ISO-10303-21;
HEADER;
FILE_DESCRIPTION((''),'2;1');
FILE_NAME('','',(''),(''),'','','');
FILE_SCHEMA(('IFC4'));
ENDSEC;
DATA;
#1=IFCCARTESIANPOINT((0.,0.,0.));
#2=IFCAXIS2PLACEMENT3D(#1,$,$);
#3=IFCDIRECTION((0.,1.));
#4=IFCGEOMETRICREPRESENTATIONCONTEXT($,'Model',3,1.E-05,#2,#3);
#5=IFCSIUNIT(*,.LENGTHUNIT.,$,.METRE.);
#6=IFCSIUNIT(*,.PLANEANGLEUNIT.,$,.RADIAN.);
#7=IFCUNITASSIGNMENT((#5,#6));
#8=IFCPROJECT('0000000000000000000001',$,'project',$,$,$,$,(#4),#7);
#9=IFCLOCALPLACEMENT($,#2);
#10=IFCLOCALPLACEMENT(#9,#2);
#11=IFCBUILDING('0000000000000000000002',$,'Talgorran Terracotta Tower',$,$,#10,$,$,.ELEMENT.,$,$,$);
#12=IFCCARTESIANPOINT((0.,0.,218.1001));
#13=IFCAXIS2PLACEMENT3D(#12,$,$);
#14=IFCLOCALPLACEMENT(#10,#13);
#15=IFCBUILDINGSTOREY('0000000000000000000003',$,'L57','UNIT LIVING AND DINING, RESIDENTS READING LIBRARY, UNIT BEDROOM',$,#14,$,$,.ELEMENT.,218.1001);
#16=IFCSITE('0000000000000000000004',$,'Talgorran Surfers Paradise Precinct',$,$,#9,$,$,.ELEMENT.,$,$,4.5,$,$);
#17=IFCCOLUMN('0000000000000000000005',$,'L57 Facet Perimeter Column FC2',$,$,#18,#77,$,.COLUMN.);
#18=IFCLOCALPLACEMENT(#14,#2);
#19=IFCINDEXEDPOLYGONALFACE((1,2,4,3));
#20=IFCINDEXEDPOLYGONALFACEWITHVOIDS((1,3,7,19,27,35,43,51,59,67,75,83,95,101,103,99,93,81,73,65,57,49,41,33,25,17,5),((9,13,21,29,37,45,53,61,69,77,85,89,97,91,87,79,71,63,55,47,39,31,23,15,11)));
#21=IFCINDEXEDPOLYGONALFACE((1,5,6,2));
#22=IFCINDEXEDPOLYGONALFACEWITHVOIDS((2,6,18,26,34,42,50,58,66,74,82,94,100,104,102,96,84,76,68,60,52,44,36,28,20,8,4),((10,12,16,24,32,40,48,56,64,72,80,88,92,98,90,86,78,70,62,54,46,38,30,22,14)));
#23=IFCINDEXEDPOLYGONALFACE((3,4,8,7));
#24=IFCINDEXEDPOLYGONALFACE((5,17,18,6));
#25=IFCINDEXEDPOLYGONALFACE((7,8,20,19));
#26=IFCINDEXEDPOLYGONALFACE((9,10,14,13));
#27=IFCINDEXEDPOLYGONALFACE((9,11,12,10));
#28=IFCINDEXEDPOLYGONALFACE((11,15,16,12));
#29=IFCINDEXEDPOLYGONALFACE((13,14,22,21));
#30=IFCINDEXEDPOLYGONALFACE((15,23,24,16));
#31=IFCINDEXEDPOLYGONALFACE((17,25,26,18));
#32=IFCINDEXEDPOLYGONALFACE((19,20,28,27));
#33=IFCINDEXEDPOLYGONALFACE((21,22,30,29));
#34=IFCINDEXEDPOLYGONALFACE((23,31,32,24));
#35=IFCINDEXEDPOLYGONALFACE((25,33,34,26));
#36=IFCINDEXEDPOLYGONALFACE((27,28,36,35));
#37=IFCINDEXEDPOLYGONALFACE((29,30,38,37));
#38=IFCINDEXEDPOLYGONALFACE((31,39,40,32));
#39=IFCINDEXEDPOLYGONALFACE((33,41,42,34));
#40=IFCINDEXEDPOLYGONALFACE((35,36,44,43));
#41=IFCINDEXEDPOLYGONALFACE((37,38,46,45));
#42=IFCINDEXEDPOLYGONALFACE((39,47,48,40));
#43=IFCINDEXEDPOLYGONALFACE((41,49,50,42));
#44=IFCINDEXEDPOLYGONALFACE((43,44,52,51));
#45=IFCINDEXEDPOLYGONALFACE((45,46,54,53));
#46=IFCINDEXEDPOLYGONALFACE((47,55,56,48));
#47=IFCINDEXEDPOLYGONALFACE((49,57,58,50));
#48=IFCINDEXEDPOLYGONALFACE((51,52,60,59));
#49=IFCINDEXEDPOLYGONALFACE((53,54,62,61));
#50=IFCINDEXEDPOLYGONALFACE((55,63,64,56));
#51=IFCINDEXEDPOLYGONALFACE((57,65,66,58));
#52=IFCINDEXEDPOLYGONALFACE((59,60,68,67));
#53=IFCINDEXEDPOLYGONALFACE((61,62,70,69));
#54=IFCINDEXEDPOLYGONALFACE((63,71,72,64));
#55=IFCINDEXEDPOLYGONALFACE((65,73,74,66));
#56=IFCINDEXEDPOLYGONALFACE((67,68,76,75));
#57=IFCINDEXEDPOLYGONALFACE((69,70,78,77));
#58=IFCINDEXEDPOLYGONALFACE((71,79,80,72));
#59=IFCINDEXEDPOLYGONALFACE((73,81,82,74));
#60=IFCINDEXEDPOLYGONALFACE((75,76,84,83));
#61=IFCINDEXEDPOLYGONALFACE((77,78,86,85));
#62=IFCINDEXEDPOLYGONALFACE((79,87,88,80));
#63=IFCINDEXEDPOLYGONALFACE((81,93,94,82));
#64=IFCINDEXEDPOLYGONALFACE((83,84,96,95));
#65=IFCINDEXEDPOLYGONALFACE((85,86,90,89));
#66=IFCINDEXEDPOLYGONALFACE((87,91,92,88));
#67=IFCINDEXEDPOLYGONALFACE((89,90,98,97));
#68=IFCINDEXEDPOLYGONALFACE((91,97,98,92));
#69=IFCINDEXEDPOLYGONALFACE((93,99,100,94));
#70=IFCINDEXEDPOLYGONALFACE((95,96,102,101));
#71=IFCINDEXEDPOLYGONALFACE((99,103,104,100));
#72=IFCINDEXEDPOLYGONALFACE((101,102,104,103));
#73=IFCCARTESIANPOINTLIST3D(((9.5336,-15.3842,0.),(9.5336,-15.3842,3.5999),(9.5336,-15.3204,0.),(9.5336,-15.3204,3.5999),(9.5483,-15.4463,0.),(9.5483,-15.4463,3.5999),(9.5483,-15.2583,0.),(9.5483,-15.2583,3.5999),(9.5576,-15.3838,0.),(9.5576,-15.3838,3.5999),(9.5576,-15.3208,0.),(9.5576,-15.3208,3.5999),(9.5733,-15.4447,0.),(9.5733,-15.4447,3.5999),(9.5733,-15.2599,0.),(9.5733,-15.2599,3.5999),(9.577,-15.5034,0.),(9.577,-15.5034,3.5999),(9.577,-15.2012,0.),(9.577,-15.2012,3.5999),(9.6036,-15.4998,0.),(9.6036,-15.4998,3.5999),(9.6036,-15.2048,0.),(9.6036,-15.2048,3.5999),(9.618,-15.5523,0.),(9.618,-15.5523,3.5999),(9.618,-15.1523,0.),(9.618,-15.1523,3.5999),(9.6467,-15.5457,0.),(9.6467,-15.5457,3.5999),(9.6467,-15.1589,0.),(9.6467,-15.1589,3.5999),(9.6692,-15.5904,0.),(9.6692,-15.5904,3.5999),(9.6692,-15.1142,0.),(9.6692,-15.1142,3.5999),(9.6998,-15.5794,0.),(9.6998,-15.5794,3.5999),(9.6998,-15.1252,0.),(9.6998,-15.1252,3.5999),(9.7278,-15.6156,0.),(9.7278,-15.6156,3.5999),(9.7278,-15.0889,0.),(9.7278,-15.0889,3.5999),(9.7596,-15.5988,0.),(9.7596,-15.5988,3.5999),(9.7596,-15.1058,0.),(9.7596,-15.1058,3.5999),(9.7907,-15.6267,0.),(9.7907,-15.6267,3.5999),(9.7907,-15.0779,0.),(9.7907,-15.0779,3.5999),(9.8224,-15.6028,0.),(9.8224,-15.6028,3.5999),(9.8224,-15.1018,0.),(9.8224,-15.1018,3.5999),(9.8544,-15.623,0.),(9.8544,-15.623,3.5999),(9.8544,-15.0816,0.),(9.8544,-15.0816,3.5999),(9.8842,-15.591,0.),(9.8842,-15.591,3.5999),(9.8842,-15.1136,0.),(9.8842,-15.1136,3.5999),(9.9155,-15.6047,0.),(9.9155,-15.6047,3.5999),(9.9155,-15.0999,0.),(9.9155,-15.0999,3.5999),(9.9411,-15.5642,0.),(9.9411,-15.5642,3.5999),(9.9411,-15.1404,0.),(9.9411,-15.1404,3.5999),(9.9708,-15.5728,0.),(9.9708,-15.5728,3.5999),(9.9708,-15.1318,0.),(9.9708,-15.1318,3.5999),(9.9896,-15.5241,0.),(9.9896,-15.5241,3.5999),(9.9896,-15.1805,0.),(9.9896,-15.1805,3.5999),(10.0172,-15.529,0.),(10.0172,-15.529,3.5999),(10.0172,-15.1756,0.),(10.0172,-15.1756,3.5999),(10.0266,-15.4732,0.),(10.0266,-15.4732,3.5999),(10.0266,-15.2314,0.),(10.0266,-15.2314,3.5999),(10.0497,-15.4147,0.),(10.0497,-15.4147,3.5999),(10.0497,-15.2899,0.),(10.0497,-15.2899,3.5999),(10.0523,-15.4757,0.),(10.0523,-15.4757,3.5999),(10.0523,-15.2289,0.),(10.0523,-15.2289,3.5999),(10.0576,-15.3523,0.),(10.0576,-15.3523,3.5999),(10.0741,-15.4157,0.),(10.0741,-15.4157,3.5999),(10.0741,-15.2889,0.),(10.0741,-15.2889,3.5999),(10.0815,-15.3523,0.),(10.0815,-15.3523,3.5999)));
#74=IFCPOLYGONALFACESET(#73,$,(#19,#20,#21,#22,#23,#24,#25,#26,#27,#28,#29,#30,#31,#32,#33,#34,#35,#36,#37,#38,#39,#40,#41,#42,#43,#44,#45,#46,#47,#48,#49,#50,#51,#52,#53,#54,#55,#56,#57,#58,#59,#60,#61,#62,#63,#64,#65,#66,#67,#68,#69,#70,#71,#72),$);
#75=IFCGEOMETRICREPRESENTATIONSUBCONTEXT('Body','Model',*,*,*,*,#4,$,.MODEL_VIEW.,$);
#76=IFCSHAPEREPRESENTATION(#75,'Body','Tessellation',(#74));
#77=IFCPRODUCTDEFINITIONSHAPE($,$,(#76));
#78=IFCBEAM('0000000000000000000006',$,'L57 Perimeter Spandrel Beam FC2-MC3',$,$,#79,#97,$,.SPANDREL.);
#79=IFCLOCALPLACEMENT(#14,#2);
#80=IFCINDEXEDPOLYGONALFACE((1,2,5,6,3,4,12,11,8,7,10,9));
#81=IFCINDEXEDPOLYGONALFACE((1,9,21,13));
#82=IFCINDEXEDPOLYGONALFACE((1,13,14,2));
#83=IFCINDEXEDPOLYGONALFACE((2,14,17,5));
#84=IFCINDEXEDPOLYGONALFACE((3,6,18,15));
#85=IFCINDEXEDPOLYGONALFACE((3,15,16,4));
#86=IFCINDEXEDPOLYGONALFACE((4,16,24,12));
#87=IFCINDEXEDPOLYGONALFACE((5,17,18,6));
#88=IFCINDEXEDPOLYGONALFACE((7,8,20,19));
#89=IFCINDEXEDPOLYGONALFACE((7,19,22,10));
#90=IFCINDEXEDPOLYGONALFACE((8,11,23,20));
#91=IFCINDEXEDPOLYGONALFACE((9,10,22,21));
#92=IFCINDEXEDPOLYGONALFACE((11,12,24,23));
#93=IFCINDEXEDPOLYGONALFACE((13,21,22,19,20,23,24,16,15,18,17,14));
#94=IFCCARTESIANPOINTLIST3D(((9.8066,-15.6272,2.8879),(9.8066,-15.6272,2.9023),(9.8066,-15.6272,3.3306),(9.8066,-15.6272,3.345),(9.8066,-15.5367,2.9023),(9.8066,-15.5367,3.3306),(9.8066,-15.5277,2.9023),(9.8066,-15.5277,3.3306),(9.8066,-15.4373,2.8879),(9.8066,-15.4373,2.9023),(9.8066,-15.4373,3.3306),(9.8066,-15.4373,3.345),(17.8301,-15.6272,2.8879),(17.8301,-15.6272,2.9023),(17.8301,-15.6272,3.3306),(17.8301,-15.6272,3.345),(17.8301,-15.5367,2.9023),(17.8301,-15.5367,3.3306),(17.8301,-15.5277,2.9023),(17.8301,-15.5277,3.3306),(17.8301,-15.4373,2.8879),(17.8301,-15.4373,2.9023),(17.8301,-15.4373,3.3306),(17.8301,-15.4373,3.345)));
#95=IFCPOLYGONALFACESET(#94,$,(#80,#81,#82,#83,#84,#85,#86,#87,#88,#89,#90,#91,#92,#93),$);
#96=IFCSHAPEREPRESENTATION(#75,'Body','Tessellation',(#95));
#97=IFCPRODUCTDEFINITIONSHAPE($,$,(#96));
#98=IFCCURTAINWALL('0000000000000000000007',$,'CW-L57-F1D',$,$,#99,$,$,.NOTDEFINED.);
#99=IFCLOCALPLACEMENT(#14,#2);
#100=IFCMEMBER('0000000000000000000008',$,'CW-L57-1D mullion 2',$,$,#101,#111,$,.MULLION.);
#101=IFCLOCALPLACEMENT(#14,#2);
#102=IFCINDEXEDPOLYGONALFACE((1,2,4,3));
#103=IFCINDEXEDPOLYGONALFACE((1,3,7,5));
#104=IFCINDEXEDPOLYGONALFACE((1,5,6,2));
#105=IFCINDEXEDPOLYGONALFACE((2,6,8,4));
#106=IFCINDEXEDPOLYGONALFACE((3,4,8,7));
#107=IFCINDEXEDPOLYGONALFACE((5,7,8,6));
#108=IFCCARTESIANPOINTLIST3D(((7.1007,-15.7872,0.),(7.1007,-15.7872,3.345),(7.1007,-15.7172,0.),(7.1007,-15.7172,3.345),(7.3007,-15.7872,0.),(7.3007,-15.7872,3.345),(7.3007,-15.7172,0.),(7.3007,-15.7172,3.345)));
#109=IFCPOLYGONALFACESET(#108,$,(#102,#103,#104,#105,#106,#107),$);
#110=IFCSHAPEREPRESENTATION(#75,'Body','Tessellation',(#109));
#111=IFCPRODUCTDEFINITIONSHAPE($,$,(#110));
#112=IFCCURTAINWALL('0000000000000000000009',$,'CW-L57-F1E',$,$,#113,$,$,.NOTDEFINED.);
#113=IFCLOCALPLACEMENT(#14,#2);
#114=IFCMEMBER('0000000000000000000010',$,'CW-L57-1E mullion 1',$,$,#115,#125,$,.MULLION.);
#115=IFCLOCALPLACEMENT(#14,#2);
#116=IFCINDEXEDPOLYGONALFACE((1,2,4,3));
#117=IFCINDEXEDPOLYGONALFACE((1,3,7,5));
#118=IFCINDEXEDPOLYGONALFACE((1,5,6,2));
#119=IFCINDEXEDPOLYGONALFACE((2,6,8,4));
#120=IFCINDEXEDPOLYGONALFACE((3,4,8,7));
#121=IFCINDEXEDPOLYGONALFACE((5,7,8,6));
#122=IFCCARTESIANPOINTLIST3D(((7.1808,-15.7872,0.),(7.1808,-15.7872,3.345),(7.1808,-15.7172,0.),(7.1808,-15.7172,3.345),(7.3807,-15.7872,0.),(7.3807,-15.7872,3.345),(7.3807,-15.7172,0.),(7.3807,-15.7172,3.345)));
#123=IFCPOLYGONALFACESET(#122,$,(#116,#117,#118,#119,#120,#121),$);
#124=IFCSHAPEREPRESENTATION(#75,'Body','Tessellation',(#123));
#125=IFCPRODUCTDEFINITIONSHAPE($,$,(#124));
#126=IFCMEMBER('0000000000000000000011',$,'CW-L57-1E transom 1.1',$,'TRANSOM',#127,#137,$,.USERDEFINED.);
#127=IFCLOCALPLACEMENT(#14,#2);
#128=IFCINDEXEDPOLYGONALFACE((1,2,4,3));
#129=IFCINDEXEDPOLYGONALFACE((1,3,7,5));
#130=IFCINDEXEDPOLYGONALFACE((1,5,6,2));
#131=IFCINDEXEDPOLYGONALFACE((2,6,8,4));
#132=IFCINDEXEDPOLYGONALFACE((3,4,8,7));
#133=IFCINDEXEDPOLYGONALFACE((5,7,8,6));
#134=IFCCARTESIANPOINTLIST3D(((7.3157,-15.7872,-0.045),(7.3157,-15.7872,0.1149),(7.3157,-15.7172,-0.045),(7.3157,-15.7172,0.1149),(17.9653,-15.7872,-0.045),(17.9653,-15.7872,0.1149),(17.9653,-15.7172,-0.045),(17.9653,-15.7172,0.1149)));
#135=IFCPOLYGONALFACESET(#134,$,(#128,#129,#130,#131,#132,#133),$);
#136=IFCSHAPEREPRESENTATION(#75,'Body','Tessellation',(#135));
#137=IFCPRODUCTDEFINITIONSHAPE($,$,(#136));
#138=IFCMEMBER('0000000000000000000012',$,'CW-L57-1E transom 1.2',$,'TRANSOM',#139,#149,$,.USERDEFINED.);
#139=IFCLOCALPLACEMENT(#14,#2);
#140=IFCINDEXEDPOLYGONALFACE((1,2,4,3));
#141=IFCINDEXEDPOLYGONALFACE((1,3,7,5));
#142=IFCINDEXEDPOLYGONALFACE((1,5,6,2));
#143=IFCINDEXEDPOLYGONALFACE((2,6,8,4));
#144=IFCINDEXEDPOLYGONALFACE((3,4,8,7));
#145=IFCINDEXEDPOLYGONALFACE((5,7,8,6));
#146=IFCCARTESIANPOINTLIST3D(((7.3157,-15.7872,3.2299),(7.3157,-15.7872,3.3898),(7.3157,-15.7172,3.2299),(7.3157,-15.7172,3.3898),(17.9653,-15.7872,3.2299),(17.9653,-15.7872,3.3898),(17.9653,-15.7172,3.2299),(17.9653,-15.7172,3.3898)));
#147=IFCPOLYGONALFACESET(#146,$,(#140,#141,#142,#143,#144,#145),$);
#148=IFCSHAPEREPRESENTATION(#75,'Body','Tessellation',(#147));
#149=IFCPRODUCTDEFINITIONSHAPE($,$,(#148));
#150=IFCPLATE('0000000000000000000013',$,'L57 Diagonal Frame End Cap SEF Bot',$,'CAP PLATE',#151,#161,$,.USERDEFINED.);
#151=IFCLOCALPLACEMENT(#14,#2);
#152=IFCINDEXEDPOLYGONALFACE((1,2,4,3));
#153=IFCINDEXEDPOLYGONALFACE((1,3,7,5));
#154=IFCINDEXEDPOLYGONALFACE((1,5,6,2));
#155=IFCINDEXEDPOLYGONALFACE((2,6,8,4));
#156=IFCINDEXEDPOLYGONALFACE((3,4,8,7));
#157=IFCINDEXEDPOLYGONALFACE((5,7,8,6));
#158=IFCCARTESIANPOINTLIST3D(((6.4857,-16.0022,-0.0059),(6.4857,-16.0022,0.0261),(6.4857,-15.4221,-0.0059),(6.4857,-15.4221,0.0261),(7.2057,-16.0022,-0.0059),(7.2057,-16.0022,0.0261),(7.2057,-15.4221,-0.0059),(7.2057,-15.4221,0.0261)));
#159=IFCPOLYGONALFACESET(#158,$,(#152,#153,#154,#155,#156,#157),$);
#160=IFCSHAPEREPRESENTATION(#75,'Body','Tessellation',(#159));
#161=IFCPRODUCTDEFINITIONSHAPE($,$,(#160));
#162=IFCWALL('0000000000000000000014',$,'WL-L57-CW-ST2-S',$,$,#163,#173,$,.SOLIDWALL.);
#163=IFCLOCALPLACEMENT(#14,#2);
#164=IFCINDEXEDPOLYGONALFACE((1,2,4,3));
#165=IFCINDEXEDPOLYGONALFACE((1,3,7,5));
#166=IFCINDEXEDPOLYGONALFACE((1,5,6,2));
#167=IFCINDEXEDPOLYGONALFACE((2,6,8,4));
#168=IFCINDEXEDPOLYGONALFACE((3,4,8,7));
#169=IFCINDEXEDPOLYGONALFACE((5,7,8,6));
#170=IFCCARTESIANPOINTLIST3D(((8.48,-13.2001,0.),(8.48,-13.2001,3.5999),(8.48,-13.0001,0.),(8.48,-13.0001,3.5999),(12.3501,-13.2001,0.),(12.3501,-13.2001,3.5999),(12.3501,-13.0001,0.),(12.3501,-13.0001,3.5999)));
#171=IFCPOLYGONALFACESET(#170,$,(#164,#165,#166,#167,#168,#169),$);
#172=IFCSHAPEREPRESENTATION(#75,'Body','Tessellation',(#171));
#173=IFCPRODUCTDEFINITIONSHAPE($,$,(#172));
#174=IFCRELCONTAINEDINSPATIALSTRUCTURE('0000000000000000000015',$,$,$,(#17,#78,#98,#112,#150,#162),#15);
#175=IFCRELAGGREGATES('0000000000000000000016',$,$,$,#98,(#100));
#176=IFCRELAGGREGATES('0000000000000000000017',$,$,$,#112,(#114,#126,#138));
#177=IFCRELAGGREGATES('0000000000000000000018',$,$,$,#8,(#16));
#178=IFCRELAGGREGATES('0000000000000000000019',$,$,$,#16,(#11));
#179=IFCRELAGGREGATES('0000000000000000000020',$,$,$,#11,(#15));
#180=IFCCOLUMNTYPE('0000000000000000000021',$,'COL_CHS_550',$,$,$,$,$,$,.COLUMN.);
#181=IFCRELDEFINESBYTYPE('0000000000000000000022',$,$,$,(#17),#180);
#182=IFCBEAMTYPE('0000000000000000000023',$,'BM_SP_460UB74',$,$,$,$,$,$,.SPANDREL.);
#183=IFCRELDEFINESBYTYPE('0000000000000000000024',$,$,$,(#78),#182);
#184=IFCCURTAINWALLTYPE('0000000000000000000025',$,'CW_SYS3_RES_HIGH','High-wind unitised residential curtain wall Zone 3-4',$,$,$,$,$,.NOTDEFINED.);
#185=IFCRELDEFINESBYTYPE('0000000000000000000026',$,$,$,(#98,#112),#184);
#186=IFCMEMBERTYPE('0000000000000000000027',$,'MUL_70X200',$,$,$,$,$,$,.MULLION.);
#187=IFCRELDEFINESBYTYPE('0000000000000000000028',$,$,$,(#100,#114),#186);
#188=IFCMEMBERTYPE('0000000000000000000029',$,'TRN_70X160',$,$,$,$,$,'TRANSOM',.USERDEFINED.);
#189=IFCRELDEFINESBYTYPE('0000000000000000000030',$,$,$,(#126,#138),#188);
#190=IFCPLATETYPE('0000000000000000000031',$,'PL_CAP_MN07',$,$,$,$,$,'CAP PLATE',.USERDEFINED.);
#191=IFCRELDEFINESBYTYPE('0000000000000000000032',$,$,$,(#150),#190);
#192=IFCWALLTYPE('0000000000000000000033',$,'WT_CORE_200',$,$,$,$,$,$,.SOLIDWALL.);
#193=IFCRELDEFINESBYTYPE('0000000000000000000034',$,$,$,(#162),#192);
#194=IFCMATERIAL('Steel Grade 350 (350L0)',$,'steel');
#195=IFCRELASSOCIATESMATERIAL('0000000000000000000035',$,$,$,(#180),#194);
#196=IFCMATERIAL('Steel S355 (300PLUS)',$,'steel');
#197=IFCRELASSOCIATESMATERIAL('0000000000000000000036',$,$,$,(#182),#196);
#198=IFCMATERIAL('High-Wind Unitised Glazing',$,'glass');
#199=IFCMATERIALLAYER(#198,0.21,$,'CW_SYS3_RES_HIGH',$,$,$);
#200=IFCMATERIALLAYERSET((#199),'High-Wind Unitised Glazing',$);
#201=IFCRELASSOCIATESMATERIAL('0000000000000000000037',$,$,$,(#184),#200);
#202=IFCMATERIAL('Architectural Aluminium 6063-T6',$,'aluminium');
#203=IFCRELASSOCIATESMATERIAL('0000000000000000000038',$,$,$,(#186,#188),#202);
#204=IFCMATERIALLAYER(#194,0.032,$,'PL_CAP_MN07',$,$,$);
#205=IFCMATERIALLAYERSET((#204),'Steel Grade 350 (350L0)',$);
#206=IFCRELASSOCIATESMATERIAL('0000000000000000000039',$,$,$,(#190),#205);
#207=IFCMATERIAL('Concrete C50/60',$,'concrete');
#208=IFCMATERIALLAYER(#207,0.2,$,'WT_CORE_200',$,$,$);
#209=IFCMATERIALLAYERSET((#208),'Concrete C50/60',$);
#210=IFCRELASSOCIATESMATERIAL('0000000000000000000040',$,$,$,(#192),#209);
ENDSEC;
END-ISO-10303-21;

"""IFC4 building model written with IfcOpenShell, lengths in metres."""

from ifc_helpers import new_model, si_unit, direction, frame, frame_2d, origin, origin_2d, place, context, subcontext, project, spatial, rectangle, hollow_circle, i_section, extrude, material, layer, layer_set, material_profile, profile_set, type_object, element, aggregate, save


model = new_model("IFC4")

# Units and contexts
model_context = context("Model", 3, precision=1e-05, world=origin(), true_north=direction((0.0, 1.0)))
body_context = subcontext(model_context, "Body", "Model", "MODEL_VIEW")
ifc_project = project(units=[si_unit("LENGTHUNIT", "METRE"), si_unit("PLANEANGLEUNIT", "RADIAN")], contexts=[model_context])

# Site, building, storey
site_placement = place(None, origin())
site = spatial("IfcSite", under=ifc_project, at=site_placement, Name="Talgorran Surfers Paradise Precinct", CompositionType="ELEMENT", RefElevation=4.5)
building_placement = place(site_placement, origin())
building = spatial("IfcBuilding", under=site, at=building_placement, Name="Talgorran Terracotta Tower", CompositionType="ELEMENT")
storey_placement = place(building_placement, frame((0.0, 0.0, 218.1001)))
storey = spatial("IfcBuildingStorey", under=building, at=storey_placement, Name="L57", Description="UNIT LIVING AND DINING, RESIDENTS READING LIBRARY, UNIT BEDROOM", CompositionType="ELEMENT", Elevation=218.1001)

# Column
ifc_material_1 = material(Name="Steel Grade 350 (350L0)", Category="steel")
ifc_material_profile_1 = material_profile(ifc_material_1, hollow_circle(Radius=0.2749, WallThickness=0.0239, at=origin_2d()), Name="CHS550X24")
ifc_profile_set_1 = profile_set([ifc_material_profile_1], Name="Steel Grade 350 (350L0)")
column_type = type_object("IfcColumnType", Name="COL_CHS_550", PredefinedType="COLUMN", material=ifc_profile_set_1)
column_placement = place(storey_placement, frame((9.8066, -15.3523, 0.0), z_axis=(0.0, 0.0, 1.0), x_axis=(1.0, 0.0, 0.0)))
element("IfcColumn", 1, at=column_placement, inside=storey, type_object=column_type, Name="L57 Facet Perimeter Column FC2", PredefinedType="COLUMN", context=body_context, shape_type="SweptSolid", body=[
    extrude(hollow_circle(Radius=0.2749, WallThickness=0.0239, at=origin_2d()), origin(), (0.0, 0.0, 1.0), 3.5999),
])

# Beam
ifc_material_2 = material(Name="Steel S355 (300PLUS)", Category="steel")
ifc_material_profile_2 = material_profile(ifc_material_2, i_section(OverallWidth=0.1899, OverallDepth=0.457, WebThickness=0.009, FlangeThickness=0.0144, at=origin_2d()), Name="460UB74.6")
ifc_profile_set_2 = profile_set([ifc_material_profile_2], Name="Steel S355 (300PLUS)")
beam_type = type_object("IfcBeamType", Name="BM_SP_460UB74", PredefinedType="SPANDREL", material=ifc_profile_set_2)
beam_placement = place(storey_placement, frame((9.8066, -15.5322, 3.1165), z_axis=(1.0, 0.0, 0.0), x_axis=(0.0, 1.0, 0.0)))
element("IfcBeam", 2, at=beam_placement, inside=storey, type_object=beam_type, Name="L57 Perimeter Spandrel Beam FC2-MC3", PredefinedType="SPANDREL", context=body_context, shape_type="SweptSolid", body=[
    extrude(i_section(OverallWidth=0.1899, OverallDepth=0.457, WebThickness=0.009, FlangeThickness=0.0144, at=origin_2d()), origin(), (0.0, 0.0, 1.0), 8.0234),
])

# Curtain wall, member
ifc_material_3 = material(Name="High-Wind Unitised Glazing", Category="glass")
ifc_layer_1 = layer(ifc_material_3, 0.21, Name="CW_SYS3_RES_HIGH")
ifc_layer_set_1 = layer_set([ifc_layer_1], Name="High-Wind Unitised Glazing")
curtain_wall_type = type_object("IfcCurtainWallType", Name="CW_SYS3_RES_HIGH", Description="High-wind unitised residential curtain wall Zone 3-4", PredefinedType="NOTDEFINED", material=ifc_layer_set_1)
curtain_wall_1_placement = place(storey_placement, origin())
curtain_wall_1 = element("IfcCurtainWall", 3, at=curtain_wall_1_placement, inside=storey, type_object=curtain_wall_type, Name="CW-L57-F1D", PredefinedType="NOTDEFINED")
ifc_material_4 = material(Name="Architectural Aluminium 6063-T6", Category="aluminium")
ifc_material_profile_3 = material_profile(ifc_material_4, rectangle(XDim=0.0701, YDim=0.2, at=origin_2d()), Name="CWM70X200")
ifc_profile_set_3 = profile_set([ifc_material_profile_3], Name="Architectural Aluminium 6063-T6")
member_type_1 = type_object("IfcMemberType", Name="MUL_70X200", PredefinedType="MULLION", material=ifc_profile_set_3)
member_1_placement = place(storey_placement, frame((7.2007, -15.7522, 0.0), z_axis=(0.0, 0.0, 1.0), x_axis=(0.0, 1.0, 0.0)))
member_1 = element("IfcMember", 4, at=member_1_placement, type_object=member_type_1, Name="CW-L57-1D mullion 2", PredefinedType="MULLION", context=body_context, shape_type="SweptSolid", body=[
    extrude(rectangle(XDim=0.0701, YDim=0.2, at=origin_2d()), origin(), (0.0, 0.0, 1.0), 3.345),
])
aggregate(curtain_wall_1, [member_1])

# Curtain wall, members
curtain_wall_2_placement = place(storey_placement, origin())
curtain_wall_2 = element("IfcCurtainWall", 5, at=curtain_wall_2_placement, inside=storey, type_object=curtain_wall_type, Name="CW-L57-F1E", PredefinedType="NOTDEFINED")
member_2_placement = place(storey_placement, frame((7.2808, -15.7522, 0.0), z_axis=(0.0, 0.0, 1.0), x_axis=(0.0, 1.0, 0.0)))
member_2 = element("IfcMember", 6, at=member_2_placement, type_object=member_type_1, Name="CW-L57-1E mullion 1", PredefinedType="MULLION", context=body_context, shape_type="SweptSolid", body=[
    extrude(rectangle(XDim=0.0701, YDim=0.2, at=origin_2d()), origin(), (0.0, 0.0, 1.0), 3.345),
])
ifc_material_profile_4 = material_profile(ifc_material_4, rectangle(XDim=0.0701, YDim=0.1599, at=origin_2d()), Name="CWT70X160")
ifc_profile_set_4 = profile_set([ifc_material_profile_4], Name="Architectural Aluminium 6063-T6")
member_type_2 = type_object("IfcMemberType", Name="TRN_70X160", ElementType="TRANSOM", PredefinedType="USERDEFINED", material=ifc_profile_set_4)
member_3_placement = place(storey_placement, frame((7.3157, -15.7522, 0.0349), z_axis=(1.0, 0.0, 0.0), x_axis=(0.0, 1.0, 0.0)))
member_3 = element("IfcMember", 7, at=member_3_placement, type_object=member_type_2, Name="CW-L57-1E transom 1.1", ObjectType="TRANSOM", PredefinedType="USERDEFINED", context=body_context, shape_type="SweptSolid", body=[
    extrude(rectangle(XDim=0.0701, YDim=0.1599, at=origin_2d()), origin(), (0.0, 0.0, 1.0), 10.6497),
])
member_4_placement = place(storey_placement, frame((7.3157, -15.7522, 3.3098), z_axis=(1.0, 0.0, 0.0), x_axis=(0.0, 1.0, 0.0)))
member_4 = element("IfcMember", 8, at=member_4_placement, type_object=member_type_2, Name="CW-L57-1E transom 1.2", ObjectType="TRANSOM", PredefinedType="USERDEFINED", context=body_context, shape_type="SweptSolid", body=[
    extrude(rectangle(XDim=0.0701, YDim=0.1599, at=origin_2d()), origin(), (0.0, 0.0, 1.0), 10.6497),
])
aggregate(curtain_wall_2, [member_2, member_3, member_4])

# Plate
ifc_layer_2 = layer(ifc_material_1, 0.032, Name="PL_CAP_MN07")
ifc_layer_set_2 = layer_set([ifc_layer_2], Name="Steel Grade 350 (350L0)")
plate_type = type_object("IfcPlateType", Name="PL_CAP_MN07", ElementType="CAP PLATE", PredefinedType="USERDEFINED", material=ifc_layer_set_2)
plate_placement = place(storey_placement, frame((6.8457, -15.7122, -0.0059), z_axis=(0.0, 0.0, 1.0), x_axis=(-1.0, 0.0, 0.0)))
element("IfcPlate", 9, at=plate_placement, inside=storey, type_object=plate_type, Name="L57 Diagonal Frame End Cap SEF Bot", ObjectType="CAP PLATE", PredefinedType="USERDEFINED", context=body_context, shape_type="SweptSolid", body=[
    extrude(rectangle(XDim=0.72, YDim=0.5801, at=origin_2d()), origin(), (0.0, 0.0, 1.0), 0.032),
])

# Wall
ifc_material_5 = material(Name="Concrete C50/60", Category="concrete")
ifc_layer_3 = layer(ifc_material_5, 0.2, Name="WT_CORE_200")
ifc_layer_set_3 = layer_set([ifc_layer_3], Name="Concrete C50/60")
wall_type_1 = type_object("IfcWallType", Name="WT_CORE_200", PredefinedType="SOLIDWALL", material=ifc_layer_set_3)
wall_1_placement = place(storey_placement, frame((8.48, -13.1001, 0.0), z_axis=(0.0, 0.0, 1.0), x_axis=(1.0, 0.0, 0.0)))
element("IfcWall", 10, at=wall_1_placement, inside=storey, type_object=wall_type_1, Name="WL-L57-CW-ST2-S", PredefinedType="SOLIDWALL", context=body_context, shape_type="SweptSolid", body=[
    extrude(rectangle(XDim=3.8701, YDim=0.2, at=frame_2d((1.9351, 0.0))), origin(), (0.0, 0.0, 1.0), 3.5999),
])

save(model, "model.ifc")
